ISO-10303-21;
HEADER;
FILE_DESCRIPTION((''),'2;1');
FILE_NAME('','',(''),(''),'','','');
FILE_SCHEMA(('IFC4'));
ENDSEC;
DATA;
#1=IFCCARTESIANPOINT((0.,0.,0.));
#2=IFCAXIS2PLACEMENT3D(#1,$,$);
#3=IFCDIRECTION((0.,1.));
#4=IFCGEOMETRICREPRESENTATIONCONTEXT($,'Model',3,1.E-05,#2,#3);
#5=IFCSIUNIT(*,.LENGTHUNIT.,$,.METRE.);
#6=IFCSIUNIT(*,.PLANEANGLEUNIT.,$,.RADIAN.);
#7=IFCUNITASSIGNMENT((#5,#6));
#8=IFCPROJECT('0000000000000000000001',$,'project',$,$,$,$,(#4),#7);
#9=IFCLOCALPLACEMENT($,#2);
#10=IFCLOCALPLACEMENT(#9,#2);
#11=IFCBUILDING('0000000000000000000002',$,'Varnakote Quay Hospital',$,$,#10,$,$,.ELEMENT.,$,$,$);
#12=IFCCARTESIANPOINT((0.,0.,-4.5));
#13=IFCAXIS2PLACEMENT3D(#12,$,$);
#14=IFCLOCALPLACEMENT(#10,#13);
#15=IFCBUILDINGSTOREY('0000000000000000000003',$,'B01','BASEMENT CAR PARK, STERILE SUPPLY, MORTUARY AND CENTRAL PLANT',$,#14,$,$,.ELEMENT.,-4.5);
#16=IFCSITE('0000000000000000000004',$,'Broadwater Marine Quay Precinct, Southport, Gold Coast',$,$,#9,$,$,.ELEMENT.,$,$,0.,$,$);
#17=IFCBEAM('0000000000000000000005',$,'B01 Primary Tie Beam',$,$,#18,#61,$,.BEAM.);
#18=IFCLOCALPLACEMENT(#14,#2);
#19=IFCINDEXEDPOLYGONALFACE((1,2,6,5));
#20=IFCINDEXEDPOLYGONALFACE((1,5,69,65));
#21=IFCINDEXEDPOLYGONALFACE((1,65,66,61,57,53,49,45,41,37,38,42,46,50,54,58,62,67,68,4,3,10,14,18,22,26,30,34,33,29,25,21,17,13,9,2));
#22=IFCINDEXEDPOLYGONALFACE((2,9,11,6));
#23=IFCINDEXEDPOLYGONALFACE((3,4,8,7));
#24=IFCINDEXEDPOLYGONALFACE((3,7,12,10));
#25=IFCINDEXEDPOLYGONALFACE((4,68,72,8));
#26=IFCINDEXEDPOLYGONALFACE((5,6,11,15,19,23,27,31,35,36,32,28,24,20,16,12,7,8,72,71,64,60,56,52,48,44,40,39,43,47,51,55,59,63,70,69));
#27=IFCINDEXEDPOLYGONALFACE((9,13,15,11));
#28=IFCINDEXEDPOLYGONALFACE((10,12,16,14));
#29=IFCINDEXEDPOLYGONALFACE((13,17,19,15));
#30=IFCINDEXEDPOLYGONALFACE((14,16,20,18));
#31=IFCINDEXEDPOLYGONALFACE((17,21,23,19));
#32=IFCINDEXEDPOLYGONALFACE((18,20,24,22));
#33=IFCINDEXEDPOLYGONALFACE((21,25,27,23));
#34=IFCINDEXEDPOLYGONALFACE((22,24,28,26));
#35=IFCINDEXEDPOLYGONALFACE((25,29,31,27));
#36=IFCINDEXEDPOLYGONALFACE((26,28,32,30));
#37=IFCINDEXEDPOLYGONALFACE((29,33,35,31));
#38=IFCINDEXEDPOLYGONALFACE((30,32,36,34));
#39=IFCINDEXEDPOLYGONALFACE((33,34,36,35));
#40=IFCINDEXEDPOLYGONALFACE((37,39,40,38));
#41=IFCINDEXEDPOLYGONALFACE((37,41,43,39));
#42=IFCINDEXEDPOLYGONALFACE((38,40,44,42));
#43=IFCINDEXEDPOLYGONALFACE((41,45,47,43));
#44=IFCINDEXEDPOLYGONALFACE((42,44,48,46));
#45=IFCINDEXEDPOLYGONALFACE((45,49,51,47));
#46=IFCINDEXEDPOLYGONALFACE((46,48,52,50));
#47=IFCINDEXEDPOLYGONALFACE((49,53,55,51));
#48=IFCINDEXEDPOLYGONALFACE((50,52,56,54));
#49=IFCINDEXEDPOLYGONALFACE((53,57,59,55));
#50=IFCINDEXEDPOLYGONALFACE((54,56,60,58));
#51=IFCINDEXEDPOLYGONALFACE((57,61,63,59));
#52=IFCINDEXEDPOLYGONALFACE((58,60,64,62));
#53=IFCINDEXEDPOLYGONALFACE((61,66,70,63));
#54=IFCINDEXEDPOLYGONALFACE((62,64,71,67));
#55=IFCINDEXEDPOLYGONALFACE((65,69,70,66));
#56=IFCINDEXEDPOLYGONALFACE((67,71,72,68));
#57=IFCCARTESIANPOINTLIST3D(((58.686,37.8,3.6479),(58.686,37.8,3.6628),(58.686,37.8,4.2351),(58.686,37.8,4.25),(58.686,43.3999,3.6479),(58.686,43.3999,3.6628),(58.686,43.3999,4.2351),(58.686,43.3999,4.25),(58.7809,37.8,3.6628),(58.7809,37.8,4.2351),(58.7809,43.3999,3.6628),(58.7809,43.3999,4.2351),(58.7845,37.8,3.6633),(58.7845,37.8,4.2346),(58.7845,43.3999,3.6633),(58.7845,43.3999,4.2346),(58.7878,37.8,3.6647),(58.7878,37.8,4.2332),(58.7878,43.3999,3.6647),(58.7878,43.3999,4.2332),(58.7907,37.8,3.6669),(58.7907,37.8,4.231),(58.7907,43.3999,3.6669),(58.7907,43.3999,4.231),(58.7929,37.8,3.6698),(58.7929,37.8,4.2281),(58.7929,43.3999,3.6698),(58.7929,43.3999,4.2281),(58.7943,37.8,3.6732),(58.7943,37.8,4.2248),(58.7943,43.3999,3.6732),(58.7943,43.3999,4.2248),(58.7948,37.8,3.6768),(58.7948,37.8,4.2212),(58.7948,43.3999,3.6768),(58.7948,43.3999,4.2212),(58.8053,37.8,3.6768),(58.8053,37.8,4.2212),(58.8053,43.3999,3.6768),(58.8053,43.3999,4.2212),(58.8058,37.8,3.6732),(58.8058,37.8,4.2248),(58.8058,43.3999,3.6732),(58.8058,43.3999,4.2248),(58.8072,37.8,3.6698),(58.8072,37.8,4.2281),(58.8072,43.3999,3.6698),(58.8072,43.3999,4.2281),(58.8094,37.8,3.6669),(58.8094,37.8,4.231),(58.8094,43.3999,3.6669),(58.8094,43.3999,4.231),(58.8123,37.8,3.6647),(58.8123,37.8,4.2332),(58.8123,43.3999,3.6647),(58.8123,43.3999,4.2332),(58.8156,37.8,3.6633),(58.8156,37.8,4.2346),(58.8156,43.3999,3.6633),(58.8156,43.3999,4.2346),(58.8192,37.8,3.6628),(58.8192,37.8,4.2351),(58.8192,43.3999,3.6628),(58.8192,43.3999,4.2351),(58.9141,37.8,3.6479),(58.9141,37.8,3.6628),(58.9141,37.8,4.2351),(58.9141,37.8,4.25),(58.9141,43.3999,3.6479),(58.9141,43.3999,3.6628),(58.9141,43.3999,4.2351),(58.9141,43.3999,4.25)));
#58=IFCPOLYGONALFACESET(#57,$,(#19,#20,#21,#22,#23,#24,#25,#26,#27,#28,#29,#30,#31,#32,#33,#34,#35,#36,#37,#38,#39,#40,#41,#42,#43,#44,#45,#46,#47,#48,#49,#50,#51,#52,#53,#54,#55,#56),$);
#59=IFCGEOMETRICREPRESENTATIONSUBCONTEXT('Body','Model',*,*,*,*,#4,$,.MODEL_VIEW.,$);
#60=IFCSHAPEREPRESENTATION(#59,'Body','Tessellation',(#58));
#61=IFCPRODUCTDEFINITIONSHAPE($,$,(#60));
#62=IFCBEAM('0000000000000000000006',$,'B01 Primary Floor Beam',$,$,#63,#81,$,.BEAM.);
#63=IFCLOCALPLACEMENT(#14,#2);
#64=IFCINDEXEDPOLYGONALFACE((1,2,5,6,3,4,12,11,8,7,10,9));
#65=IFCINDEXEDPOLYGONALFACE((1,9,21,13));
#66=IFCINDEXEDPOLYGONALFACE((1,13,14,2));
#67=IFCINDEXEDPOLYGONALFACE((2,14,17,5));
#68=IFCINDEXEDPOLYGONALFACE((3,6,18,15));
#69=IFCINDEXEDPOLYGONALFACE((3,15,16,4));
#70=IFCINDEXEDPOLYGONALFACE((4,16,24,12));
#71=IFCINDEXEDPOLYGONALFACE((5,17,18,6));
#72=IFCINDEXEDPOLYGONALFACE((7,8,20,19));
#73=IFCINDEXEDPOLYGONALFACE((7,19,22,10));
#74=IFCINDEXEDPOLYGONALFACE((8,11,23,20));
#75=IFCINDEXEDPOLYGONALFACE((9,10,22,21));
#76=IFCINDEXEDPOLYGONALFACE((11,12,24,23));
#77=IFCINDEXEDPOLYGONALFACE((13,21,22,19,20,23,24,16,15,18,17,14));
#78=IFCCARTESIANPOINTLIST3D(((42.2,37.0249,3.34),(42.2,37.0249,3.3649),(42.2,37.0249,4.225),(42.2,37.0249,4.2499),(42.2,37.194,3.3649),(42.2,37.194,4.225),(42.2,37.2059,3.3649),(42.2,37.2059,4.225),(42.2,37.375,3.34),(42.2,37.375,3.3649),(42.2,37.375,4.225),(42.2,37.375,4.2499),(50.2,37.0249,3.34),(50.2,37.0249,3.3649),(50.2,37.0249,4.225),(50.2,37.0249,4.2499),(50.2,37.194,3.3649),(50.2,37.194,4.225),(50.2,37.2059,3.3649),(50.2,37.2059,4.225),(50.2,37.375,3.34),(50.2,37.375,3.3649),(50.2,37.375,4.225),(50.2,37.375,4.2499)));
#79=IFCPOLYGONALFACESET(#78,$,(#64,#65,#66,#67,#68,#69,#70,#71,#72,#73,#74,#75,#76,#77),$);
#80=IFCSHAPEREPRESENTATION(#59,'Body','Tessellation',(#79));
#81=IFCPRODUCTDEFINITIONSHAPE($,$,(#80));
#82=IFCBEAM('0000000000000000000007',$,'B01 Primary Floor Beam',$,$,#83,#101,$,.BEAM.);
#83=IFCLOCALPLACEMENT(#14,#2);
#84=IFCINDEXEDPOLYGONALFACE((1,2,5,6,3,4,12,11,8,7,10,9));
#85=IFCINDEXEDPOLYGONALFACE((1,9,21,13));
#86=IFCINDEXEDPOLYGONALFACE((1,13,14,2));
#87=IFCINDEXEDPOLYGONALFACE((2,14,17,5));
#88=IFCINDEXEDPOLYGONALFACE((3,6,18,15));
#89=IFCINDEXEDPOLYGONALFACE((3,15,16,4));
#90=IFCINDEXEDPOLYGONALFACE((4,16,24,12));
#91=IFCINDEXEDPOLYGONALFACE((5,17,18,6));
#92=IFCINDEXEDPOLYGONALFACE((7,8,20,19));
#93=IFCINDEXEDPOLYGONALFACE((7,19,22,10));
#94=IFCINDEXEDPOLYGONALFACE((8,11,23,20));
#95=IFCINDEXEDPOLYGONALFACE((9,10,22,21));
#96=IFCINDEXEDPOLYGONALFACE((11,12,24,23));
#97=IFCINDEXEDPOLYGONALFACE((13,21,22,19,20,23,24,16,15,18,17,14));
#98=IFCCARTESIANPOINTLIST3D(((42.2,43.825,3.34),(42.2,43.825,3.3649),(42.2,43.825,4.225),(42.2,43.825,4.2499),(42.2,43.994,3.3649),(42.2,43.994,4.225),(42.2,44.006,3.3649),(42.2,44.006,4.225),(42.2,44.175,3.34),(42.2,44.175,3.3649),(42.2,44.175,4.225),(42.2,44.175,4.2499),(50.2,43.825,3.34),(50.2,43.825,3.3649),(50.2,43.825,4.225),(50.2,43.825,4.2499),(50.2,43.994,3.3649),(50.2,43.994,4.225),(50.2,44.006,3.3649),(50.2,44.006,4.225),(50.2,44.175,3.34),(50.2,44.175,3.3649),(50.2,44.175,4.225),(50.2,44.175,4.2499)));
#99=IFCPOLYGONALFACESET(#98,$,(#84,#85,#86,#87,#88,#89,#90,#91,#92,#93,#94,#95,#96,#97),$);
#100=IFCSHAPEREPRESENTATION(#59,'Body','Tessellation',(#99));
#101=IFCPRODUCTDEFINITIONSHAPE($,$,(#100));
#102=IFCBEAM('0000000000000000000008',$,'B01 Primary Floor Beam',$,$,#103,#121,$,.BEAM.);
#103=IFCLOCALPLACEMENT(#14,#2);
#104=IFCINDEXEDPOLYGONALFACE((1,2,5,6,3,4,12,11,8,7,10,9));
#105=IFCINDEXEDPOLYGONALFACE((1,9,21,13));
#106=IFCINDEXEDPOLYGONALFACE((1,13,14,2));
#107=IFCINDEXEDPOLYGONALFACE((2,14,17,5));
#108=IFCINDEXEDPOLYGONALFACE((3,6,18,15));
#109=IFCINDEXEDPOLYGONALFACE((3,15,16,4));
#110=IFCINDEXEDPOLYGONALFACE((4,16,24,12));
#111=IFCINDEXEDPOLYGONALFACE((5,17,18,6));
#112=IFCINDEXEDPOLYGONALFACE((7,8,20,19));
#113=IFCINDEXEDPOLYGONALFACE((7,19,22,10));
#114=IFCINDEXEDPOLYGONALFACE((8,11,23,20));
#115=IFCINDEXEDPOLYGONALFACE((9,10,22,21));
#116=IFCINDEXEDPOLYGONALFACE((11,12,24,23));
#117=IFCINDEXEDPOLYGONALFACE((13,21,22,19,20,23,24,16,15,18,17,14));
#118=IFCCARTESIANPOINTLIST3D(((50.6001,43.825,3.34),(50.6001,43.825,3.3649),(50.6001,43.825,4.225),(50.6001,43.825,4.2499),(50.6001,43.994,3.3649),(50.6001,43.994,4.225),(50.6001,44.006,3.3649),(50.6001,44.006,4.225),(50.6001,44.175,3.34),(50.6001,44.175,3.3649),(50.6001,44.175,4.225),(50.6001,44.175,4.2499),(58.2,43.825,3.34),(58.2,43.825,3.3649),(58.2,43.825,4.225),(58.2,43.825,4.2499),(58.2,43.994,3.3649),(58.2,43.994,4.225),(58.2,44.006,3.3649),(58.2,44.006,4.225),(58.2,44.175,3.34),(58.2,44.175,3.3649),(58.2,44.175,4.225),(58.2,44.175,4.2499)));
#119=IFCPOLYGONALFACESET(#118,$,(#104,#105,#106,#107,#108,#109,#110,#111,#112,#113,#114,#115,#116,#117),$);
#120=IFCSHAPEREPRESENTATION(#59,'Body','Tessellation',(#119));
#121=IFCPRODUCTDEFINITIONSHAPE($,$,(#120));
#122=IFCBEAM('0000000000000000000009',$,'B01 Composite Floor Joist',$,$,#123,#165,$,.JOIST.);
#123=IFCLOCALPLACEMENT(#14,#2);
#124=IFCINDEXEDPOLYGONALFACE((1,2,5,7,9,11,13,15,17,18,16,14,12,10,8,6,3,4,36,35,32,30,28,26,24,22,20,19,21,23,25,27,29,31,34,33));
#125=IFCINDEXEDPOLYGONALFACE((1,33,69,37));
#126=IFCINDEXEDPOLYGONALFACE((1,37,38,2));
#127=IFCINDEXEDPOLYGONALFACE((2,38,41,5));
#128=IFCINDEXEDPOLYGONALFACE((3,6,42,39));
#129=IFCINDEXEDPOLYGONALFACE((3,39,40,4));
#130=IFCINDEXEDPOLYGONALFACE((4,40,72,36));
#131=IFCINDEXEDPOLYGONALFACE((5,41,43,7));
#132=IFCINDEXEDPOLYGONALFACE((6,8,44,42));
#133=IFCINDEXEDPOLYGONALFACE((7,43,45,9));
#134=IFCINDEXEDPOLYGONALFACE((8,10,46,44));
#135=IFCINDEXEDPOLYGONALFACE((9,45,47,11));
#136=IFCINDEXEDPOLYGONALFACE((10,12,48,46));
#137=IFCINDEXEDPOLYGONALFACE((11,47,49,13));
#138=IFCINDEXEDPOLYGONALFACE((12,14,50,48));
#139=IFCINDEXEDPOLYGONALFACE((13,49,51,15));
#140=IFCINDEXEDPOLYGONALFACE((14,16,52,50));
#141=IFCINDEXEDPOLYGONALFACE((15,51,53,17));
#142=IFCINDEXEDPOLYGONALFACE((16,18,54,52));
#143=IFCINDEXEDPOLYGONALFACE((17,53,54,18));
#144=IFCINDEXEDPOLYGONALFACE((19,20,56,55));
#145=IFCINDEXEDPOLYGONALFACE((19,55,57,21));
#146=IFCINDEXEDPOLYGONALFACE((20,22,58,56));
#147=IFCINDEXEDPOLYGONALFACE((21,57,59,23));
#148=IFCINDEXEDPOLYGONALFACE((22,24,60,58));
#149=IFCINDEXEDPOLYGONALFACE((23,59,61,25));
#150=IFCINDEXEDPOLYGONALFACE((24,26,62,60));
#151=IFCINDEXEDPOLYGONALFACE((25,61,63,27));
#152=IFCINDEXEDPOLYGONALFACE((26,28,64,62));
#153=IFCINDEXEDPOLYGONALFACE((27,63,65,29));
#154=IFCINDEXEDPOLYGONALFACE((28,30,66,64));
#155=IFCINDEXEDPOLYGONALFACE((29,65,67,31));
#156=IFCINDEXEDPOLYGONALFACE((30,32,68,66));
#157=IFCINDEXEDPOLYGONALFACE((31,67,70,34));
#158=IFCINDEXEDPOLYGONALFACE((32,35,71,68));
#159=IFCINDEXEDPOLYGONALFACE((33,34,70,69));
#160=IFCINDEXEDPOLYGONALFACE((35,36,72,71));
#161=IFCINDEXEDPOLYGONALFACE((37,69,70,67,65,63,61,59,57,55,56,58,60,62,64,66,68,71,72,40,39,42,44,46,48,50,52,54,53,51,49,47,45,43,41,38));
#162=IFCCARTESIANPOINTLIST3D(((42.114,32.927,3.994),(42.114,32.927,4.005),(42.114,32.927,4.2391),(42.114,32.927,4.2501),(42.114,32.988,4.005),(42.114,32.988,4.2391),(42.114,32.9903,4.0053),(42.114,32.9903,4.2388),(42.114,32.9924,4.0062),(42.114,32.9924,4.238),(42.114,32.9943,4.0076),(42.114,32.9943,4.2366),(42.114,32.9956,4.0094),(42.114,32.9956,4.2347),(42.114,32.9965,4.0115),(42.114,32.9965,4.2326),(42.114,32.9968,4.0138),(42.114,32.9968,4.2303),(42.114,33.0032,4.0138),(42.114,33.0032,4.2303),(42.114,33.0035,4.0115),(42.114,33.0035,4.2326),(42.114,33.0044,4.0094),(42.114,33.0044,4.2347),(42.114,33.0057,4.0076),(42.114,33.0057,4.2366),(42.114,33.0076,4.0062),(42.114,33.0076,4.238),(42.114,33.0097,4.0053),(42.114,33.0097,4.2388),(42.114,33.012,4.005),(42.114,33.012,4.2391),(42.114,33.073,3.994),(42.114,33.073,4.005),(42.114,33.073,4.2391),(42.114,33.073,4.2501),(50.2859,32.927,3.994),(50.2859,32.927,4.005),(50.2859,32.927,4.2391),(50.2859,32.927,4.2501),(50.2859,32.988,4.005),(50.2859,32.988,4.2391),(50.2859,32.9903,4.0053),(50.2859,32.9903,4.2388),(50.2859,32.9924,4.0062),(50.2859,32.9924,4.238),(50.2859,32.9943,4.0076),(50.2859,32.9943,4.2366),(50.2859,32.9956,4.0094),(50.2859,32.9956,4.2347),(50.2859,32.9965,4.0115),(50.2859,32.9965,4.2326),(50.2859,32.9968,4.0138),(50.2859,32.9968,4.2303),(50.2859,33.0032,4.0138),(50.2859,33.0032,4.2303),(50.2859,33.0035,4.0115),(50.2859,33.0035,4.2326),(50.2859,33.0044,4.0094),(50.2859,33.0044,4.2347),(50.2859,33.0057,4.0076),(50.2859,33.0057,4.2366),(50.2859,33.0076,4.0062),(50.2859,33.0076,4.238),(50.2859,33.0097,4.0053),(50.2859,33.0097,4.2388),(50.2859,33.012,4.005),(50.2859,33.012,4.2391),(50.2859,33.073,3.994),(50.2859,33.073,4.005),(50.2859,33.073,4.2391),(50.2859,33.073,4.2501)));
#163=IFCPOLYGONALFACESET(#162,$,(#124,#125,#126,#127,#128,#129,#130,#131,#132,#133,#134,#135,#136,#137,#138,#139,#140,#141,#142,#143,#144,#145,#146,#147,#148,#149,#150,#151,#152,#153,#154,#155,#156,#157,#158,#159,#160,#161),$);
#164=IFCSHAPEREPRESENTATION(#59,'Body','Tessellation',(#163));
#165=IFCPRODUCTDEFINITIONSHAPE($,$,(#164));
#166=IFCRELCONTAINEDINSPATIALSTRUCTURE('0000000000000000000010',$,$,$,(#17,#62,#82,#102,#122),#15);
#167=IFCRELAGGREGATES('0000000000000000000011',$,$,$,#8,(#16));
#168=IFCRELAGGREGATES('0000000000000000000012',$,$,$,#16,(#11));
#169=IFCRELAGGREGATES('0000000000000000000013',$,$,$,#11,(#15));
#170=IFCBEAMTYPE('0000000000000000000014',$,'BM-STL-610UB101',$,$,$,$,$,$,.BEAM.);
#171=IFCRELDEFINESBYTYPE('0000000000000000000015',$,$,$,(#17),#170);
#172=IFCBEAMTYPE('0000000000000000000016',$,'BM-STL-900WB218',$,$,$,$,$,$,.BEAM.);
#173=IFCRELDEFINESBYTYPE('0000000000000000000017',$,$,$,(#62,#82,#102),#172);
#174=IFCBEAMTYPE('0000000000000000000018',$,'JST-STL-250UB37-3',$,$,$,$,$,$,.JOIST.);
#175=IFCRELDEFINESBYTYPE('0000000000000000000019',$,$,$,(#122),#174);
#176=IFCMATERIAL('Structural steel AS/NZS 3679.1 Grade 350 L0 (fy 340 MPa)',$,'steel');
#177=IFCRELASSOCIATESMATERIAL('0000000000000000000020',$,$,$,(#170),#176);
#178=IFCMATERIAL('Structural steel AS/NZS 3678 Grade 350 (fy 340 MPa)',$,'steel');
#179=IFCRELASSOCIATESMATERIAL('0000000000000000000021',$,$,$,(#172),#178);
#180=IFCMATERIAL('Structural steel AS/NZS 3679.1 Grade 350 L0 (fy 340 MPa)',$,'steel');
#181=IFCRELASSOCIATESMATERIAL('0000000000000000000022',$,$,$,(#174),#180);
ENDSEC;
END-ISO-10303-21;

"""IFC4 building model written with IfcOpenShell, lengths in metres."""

from ifc_helpers import new_model, si_unit, direction, frame, origin, origin_2d, place, context, subcontext, project, spatial, i_section, extrude, material, material_profile, profile_set, type_object, element, save


model = new_model("IFC4")

# Units and contexts
model_context = context("Model", 3, precision=1e-05, world=origin(), true_north=direction((0.0, 1.0)))
body_context = subcontext(model_context, "Body", "Model", "MODEL_VIEW")
ifc_project = project(units=[si_unit("LENGTHUNIT", "METRE"), si_unit("PLANEANGLEUNIT", "RADIAN")], contexts=[model_context])

# Site, building, storey
site_placement = place(None, origin())
site = spatial("IfcSite", under=ifc_project, at=site_placement, Name="Broadwater Marine Quay Precinct, Southport, Gold Coast", CompositionType="ELEMENT", RefElevation=0.0)
building_placement = place(site_placement, origin())
building = spatial("IfcBuilding", under=site, at=building_placement, Name="Varnakote Quay Hospital", CompositionType="ELEMENT")
storey_placement = place(building_placement, frame((0.0, 0.0, -4.5)))
storey = spatial("IfcBuildingStorey", under=building, at=storey_placement, Name="B01", Description="BASEMENT CAR PARK, STERILE SUPPLY, MORTUARY AND CENTRAL PLANT", CompositionType="ELEMENT", Elevation=-4.5)

# Beams
ifc_material_1 = material(Name="Structural steel AS/NZS 3679.1 Grade 350 L0 (fy 340 MPa)", Category="steel")
ifc_material_profile_1 = material_profile(ifc_material_1, i_section(OverallWidth=0.228, OverallDepth=0.6021, WebThickness=0.0105, FlangeThickness=0.0149, FilletRadius=0.0139, at=origin_2d()), Name="610UB101")
ifc_profile_set_1 = profile_set([ifc_material_profile_1], Name="Structural steel AS/NZS 3679.1 Grade 350 L0 (fy 340 MPa)")
beam_type_1 = type_object("IfcBeamType", Name="BM-STL-610UB101", PredefinedType="BEAM", material=ifc_profile_set_1)
beam_1_placement = place(storey_placement, frame((58.8, 37.8, 3.949), z_axis=(0.0, 1.0, 0.0), x_axis=(-1.0, 0.0, 0.0)))
element("IfcBeam", 1, at=beam_1_placement, inside=storey, type_object=beam_type_1, Name="B01 Primary Tie Beam", PredefinedType="BEAM", context=body_context, shape_type="SweptSolid", body=[
    extrude(i_section(OverallWidth=0.228, OverallDepth=0.6021, WebThickness=0.0105, FlangeThickness=0.0149, FilletRadius=0.0139, at=origin_2d()), origin(), (0.0, 0.0, 1.0), 5.5999),
])
ifc_material_2 = material(Name="Structural steel AS/NZS 3678 Grade 350 (fy 340 MPa)", Category="steel")
ifc_material_profile_2 = material_profile(ifc_material_2, i_section(OverallWidth=0.3501, OverallDepth=0.9099, WebThickness=0.012, FlangeThickness=0.0249, at=origin_2d()), Name="900WB218")
ifc_profile_set_2 = profile_set([ifc_material_profile_2], Name="Structural steel AS/NZS 3678 Grade 350 (fy 340 MPa)")
beam_type_2 = type_object("IfcBeamType", Name="BM-STL-900WB218", PredefinedType="BEAM", material=ifc_profile_set_2)
for number, where, z_axis, x_axis, name in (
    (2, (42.2, 37.2, 3.7949), (1.0, 0.0, 0.0), (0.0, 1.0, 0.0), "B01 Primary Floor Beam"),
    (3, (42.2, 44.0, 3.7949), (1.0, 0.0, 0.0), (0.0, 1.0, 0.0), "B01 Primary Floor Beam"),
):
    element("IfcBeam", number, at=place(storey_placement, frame(where, z_axis=z_axis, x_axis=x_axis)), inside=storey, type_object=beam_type_2, Name=name, PredefinedType="BEAM", context=body_context, shape_type="SweptSolid", body=[
        extrude(i_section(OverallWidth=0.3501, OverallDepth=0.9099, WebThickness=0.012, FlangeThickness=0.0249, at=origin_2d()), origin(), (0.0, 0.0, 1.0), 8.0),
    ])
beam_2_placement = place(storey_placement, frame((50.6001, 44.0, 3.7949), z_axis=(1.0, 0.0, 0.0), x_axis=(0.0, 1.0, 0.0)))
element("IfcBeam", 4, at=beam_2_placement, inside=storey, type_object=beam_type_2, Name="B01 Primary Floor Beam", PredefinedType="BEAM", context=body_context, shape_type="SweptSolid", body=[
    extrude(i_section(OverallWidth=0.3501, OverallDepth=0.9099, WebThickness=0.012, FlangeThickness=0.0249, at=origin_2d()), origin(), (0.0, 0.0, 1.0), 7.5999),
])
ifc_material_3 = material(Name="Structural steel AS/NZS 3679.1 Grade 350 L0 (fy 340 MPa)", Category="steel")
ifc_material_profile_3 = material_profile(ifc_material_3, i_section(OverallWidth=0.146, OverallDepth=0.2561, WebThickness=0.0063, FlangeThickness=0.011, FilletRadius=0.0088, at=origin_2d()), Name="250UB37.3")
ifc_profile_set_3 = profile_set([ifc_material_profile_3], Name="Structural steel AS/NZS 3679.1 Grade 350 L0 (fy 340 MPa)")
beam_type_3 = type_object("IfcBeamType", Name="JST-STL-250UB37-3", PredefinedType="JOIST", material=ifc_profile_set_3)
for number, where, z_axis, x_axis, name in (
    (5, (42.114, 33.0, 4.1221), (1.0, 0.0, 0.0), (0.0, 1.0, 0.0), "B01 Composite Floor Joist"),
):
    element("IfcBeam", number, at=place(storey_placement, frame(where, z_axis=z_axis, x_axis=x_axis)), inside=storey, type_object=beam_type_3, Name=name, PredefinedType="JOIST", context=body_context, shape_type="SweptSolid", body=[
        extrude(i_section(OverallWidth=0.146, OverallDepth=0.2561, WebThickness=0.0063, FlangeThickness=0.011, FilletRadius=0.0088, at=origin_2d()), origin(), (0.0, 0.0, 1.0), 8.1719),
    ])

save(model, "model.ifc")
